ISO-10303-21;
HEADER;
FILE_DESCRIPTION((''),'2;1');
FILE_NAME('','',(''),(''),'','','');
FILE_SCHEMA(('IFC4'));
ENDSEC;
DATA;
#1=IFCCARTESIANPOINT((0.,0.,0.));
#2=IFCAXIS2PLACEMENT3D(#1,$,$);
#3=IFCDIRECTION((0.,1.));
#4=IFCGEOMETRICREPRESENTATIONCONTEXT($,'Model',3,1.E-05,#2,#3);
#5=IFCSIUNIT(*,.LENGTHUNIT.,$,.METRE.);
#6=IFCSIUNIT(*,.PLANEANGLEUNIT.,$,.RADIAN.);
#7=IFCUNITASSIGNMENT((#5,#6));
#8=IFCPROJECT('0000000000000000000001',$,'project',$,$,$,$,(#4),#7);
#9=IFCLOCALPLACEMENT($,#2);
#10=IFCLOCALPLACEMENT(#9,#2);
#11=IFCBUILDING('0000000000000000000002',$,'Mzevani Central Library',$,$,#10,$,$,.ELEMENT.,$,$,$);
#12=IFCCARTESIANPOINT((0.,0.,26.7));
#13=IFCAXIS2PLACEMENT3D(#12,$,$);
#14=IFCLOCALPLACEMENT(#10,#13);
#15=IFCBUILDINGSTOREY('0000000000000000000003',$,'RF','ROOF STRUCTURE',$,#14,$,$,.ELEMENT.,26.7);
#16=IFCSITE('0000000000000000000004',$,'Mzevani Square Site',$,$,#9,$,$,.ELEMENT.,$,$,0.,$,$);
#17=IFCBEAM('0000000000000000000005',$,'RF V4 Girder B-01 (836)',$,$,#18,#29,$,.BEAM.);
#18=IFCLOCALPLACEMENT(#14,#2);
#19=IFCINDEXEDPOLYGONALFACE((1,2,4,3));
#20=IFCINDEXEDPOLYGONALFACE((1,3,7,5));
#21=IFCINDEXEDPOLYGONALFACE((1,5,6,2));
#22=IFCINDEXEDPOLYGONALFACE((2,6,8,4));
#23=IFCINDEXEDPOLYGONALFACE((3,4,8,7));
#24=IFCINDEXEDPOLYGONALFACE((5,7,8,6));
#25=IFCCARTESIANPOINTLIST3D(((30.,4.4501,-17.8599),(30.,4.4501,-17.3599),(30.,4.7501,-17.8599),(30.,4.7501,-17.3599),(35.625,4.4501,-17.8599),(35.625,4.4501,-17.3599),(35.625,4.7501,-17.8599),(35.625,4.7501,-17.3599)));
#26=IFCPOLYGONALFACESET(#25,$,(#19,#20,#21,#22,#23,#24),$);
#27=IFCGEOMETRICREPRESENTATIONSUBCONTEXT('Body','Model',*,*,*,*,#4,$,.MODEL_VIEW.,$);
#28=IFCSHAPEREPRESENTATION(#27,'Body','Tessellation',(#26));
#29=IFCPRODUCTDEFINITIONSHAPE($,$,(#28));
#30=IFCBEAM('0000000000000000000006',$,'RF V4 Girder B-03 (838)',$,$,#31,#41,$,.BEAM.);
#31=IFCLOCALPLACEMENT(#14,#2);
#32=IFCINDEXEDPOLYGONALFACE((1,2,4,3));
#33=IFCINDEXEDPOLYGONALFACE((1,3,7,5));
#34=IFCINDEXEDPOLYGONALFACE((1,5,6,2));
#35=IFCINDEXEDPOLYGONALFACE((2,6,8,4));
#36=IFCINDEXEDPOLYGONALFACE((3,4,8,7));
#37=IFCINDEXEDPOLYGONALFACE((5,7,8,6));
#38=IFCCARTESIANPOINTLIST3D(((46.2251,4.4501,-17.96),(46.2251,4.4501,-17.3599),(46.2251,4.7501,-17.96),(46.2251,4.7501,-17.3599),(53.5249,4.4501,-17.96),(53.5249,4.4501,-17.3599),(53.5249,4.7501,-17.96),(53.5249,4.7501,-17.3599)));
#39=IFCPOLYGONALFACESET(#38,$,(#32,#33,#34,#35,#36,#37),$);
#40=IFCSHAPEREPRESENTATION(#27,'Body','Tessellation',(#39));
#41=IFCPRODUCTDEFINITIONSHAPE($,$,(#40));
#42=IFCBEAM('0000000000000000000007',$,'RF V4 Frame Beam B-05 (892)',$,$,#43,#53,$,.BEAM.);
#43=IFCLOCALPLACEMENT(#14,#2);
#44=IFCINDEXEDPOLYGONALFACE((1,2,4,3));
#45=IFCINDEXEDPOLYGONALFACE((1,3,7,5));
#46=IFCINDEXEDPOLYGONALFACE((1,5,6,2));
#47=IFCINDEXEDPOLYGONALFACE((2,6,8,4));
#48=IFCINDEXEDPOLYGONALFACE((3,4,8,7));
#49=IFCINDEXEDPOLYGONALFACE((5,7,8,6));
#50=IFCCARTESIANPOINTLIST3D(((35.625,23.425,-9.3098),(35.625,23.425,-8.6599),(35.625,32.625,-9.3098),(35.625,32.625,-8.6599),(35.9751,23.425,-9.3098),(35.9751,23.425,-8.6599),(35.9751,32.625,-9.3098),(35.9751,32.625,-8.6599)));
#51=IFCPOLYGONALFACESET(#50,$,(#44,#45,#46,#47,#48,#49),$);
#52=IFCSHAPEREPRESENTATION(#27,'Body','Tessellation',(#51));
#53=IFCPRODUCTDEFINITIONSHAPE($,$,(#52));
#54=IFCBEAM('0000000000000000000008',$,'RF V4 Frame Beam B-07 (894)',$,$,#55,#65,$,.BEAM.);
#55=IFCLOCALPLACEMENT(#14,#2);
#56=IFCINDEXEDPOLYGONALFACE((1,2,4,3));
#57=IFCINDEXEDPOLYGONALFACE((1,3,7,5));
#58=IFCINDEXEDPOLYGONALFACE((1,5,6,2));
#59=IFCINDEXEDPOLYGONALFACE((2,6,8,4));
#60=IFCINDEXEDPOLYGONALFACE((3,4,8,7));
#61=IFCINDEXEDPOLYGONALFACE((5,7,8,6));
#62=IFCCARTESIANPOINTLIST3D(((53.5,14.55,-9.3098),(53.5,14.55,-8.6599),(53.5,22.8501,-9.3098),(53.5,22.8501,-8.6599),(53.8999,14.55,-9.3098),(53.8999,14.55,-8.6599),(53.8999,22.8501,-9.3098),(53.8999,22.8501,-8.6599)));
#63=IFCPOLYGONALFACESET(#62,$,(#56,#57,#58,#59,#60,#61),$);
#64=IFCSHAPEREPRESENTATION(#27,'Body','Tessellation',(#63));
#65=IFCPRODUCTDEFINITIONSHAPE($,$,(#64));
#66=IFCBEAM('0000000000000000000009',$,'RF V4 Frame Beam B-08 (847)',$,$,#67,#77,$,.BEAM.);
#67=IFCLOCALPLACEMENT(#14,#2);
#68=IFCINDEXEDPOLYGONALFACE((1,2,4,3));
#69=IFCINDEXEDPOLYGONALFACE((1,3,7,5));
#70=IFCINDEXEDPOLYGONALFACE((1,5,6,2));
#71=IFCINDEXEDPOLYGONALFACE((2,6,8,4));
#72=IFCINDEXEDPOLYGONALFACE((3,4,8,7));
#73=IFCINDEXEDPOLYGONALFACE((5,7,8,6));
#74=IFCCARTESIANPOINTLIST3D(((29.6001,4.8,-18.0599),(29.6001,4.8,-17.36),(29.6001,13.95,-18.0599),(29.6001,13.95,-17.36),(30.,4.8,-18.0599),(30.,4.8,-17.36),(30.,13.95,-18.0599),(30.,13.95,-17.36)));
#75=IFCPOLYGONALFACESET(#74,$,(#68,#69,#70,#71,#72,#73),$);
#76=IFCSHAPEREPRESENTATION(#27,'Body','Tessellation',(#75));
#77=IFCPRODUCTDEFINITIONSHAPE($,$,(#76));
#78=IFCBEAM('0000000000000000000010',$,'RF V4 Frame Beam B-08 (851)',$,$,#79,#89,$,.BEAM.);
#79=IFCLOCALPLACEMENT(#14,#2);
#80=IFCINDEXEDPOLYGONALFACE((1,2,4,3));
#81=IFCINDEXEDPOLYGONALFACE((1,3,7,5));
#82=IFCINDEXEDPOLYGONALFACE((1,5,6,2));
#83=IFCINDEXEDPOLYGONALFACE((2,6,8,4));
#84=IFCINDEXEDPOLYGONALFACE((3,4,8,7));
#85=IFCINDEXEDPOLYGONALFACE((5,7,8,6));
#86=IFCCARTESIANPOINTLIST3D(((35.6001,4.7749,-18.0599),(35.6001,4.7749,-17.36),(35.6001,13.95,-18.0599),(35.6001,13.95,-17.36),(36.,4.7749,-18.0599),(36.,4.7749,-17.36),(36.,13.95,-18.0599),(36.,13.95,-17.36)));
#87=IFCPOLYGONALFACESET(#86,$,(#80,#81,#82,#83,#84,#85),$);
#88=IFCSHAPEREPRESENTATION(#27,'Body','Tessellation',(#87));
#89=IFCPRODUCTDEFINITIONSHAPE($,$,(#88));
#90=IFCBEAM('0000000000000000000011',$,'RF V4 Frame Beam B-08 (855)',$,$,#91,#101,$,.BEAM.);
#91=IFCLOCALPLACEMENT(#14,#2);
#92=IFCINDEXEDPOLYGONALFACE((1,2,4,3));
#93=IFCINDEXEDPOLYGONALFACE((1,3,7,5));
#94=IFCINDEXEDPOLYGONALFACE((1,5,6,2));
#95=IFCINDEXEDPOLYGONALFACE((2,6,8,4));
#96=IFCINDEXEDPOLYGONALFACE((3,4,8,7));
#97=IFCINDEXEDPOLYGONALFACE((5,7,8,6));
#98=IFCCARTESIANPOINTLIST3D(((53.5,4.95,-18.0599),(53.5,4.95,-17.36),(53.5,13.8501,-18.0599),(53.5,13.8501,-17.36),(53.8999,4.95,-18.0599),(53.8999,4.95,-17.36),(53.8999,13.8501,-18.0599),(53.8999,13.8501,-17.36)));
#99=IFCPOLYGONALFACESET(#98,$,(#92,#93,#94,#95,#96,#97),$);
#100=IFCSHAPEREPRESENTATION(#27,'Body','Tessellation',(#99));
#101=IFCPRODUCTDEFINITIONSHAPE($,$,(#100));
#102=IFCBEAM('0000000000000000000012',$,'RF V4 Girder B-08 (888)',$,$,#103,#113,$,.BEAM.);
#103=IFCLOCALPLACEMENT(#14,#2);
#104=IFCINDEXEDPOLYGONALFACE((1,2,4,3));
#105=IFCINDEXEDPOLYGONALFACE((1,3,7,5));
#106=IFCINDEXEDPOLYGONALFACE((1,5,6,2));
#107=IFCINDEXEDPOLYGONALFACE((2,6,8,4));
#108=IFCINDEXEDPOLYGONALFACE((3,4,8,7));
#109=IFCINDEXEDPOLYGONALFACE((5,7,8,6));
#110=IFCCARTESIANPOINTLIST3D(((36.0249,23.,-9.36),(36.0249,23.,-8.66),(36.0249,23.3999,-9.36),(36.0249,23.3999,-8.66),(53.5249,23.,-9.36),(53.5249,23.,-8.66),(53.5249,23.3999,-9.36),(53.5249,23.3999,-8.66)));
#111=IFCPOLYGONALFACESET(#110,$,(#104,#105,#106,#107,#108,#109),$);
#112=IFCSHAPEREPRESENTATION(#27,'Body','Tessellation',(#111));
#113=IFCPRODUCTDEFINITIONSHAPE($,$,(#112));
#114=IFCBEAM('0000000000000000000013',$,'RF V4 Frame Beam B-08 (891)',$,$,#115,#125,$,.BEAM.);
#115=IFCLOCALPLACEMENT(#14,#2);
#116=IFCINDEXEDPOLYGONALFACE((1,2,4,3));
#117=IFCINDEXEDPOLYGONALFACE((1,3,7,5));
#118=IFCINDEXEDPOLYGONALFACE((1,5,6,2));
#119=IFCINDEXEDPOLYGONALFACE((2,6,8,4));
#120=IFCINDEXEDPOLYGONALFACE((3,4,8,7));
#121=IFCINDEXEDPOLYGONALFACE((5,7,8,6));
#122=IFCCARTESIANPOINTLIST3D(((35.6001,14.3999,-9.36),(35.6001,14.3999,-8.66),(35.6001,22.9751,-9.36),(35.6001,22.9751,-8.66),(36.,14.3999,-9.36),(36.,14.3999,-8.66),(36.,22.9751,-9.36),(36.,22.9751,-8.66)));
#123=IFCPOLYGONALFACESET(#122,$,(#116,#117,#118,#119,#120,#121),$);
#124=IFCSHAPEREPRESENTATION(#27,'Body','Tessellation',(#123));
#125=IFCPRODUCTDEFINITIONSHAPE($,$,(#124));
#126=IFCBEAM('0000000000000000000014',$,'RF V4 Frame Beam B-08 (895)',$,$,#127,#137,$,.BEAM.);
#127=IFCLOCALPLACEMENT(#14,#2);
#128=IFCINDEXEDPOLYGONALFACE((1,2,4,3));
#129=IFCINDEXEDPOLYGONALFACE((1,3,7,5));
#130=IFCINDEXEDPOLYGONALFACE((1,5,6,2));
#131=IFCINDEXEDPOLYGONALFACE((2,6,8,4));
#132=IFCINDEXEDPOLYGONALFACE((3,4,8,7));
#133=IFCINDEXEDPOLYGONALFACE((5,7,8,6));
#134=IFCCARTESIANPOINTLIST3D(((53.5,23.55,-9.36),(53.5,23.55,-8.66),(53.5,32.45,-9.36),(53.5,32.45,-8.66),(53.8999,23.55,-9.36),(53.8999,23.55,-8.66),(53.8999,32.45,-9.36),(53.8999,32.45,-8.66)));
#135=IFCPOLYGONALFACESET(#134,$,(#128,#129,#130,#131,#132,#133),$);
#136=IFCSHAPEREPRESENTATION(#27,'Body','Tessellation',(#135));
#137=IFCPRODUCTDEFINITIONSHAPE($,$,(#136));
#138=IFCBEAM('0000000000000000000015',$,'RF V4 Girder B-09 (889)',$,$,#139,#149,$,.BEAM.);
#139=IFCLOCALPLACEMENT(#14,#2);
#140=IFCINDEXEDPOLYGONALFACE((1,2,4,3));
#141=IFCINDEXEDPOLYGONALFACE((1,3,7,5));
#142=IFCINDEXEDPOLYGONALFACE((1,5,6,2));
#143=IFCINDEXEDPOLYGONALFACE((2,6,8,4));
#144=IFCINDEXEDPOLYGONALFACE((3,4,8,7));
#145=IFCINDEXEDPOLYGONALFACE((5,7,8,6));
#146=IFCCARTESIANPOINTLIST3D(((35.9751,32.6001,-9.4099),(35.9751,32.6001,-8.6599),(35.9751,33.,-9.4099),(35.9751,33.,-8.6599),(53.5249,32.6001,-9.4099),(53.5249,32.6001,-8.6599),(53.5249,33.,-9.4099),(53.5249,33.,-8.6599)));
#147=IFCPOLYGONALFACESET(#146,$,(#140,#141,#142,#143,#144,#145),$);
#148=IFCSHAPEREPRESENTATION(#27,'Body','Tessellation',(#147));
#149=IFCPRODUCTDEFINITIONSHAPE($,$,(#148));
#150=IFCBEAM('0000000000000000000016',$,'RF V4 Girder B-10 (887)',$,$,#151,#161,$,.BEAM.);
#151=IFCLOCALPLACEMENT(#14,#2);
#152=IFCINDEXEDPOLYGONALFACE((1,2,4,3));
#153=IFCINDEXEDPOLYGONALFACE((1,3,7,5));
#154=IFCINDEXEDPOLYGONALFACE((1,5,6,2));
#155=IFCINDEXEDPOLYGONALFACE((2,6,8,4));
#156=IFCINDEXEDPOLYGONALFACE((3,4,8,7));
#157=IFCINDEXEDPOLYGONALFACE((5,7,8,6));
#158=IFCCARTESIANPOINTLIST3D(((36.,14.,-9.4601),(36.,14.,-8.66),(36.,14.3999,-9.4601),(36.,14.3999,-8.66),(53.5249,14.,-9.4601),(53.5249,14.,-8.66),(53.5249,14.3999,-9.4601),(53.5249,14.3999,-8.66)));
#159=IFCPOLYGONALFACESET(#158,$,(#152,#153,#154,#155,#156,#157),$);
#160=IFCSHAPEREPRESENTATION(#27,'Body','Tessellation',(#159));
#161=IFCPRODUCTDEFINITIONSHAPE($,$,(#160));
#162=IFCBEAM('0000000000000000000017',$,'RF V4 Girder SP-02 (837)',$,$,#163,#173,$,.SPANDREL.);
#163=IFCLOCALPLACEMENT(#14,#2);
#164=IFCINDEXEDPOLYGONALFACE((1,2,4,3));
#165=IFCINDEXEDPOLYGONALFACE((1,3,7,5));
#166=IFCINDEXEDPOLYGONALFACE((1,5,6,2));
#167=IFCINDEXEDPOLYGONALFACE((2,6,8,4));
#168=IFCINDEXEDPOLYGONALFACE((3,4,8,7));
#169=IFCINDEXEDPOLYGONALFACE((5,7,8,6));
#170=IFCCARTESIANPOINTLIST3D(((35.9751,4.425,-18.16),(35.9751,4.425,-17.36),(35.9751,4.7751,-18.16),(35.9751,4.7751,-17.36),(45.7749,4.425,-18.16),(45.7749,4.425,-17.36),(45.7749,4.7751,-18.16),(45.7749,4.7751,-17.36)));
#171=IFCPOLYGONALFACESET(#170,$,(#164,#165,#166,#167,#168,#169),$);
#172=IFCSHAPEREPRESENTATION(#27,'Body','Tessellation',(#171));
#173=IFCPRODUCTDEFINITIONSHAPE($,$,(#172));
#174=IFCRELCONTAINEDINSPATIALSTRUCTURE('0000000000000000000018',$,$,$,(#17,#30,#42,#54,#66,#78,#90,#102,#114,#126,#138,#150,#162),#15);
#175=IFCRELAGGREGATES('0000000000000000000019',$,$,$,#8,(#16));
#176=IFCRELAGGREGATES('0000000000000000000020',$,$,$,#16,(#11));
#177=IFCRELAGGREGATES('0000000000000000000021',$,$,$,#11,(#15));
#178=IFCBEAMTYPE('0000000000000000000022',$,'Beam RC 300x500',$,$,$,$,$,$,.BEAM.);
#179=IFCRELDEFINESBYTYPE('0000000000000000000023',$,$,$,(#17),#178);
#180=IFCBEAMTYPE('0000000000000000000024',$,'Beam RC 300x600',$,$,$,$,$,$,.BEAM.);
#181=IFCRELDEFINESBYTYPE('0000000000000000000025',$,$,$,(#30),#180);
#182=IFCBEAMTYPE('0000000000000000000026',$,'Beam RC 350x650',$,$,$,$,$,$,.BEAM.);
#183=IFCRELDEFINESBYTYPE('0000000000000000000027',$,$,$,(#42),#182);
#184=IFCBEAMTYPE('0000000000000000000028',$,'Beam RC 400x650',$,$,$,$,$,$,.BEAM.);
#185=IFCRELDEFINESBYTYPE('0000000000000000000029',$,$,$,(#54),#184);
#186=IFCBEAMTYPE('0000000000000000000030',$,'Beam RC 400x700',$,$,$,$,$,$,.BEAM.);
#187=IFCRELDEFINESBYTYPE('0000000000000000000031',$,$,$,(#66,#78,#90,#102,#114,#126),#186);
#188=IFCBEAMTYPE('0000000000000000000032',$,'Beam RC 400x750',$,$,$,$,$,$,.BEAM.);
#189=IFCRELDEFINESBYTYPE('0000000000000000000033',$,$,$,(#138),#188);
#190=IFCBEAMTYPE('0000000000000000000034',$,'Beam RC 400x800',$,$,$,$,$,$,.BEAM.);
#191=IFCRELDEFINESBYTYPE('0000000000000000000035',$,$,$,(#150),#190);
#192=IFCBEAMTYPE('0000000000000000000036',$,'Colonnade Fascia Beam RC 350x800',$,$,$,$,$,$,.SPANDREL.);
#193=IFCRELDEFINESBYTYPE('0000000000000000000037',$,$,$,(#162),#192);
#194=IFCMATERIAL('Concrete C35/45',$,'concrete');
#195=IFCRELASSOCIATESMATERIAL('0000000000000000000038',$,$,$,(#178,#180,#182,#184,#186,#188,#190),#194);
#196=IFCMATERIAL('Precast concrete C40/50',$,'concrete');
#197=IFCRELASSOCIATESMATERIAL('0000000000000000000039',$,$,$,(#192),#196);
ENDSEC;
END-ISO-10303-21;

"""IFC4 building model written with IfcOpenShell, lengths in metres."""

from ifc_helpers import new_model, si_unit, direction, frame, origin, origin_2d, place, context, subcontext, project, spatial, rectangle, extrude, material, material_profile, profile_set, type_object, element, save


model = new_model("IFC4")

# Units and contexts
model_context = context("Model", 3, precision=1e-05, world=origin(), true_north=direction((0.0, 1.0)))
body_context = subcontext(model_context, "Body", "Model", "MODEL_VIEW")
ifc_project = project(units=[si_unit("LENGTHUNIT", "METRE"), si_unit("PLANEANGLEUNIT", "RADIAN")], contexts=[model_context])

# Site, building, storey
site_placement = place(None, origin())
site = spatial("IfcSite", under=ifc_project, at=site_placement, Name="Mzevani Square Site", CompositionType="ELEMENT", RefElevation=0.0)
building_placement = place(site_placement, origin())
building = spatial("IfcBuilding", under=site, at=building_placement, Name="Mzevani Central Library", CompositionType="ELEMENT")
storey_placement = place(building_placement, frame((0.0, 0.0, 26.7)))
storey = spatial("IfcBuildingStorey", under=building, at=storey_placement, Name="RF", Description="ROOF STRUCTURE", CompositionType="ELEMENT", Elevation=26.7)

# Beams
ifc_material_1 = material(Name="Concrete C35/45", Category="concrete")
ifc_material_profile_1 = material_profile(ifc_material_1, rectangle(XDim=0.3, YDim=0.5, at=origin_2d()), Name="RC B300x500")
ifc_profile_set_1 = profile_set([ifc_material_profile_1], Name="Concrete C35/45")
beam_type_1 = type_object("IfcBeamType", Name="Beam RC 300x500", PredefinedType="BEAM", material=ifc_profile_set_1)
beam_1_placement = place(storey_placement, frame((30.0, 4.6001, -17.6099), z_axis=(1.0, 0.0, 0.0), x_axis=(0.0, 1.0, 0.0)))
element("IfcBeam", 1, at=beam_1_placement, inside=storey, type_object=beam_type_1, Name="RF V4 Girder B-01 (836)", PredefinedType="BEAM", context=body_context, shape_type="SweptSolid", body=[
    extrude(rectangle(XDim=0.3, YDim=0.5, at=origin_2d()), origin(), (0.0, 0.0, 1.0), 5.625),
])
ifc_material_profile_2 = material_profile(ifc_material_1, rectangle(XDim=0.3, YDim=0.6001, at=origin_2d()), Name="RC B300x600")
ifc_profile_set_2 = profile_set([ifc_material_profile_2], Name="Concrete C35/45")
beam_type_2 = type_object("IfcBeamType", Name="Beam RC 300x600", PredefinedType="BEAM", material=ifc_profile_set_2)
beam_2_placement = place(storey_placement, frame((46.2251, 4.6001, -17.6599), z_axis=(1.0, 0.0, 0.0), x_axis=(0.0, 1.0, 0.0)))
element("IfcBeam", 2, at=beam_2_placement, inside=storey, type_object=beam_type_2, Name="RF V4 Girder B-03 (838)", PredefinedType="BEAM", context=body_context, shape_type="SweptSolid", body=[
    extrude(rectangle(XDim=0.3, YDim=0.6001, at=origin_2d()), origin(), (0.0, 0.0, 1.0), 7.2998),
])
ifc_material_profile_3 = material_profile(ifc_material_1, rectangle(XDim=0.3501, YDim=0.6499, at=origin_2d()), Name="RC B350x650")
ifc_profile_set_3 = profile_set([ifc_material_profile_3], Name="Concrete C35/45")
beam_type_3 = type_object("IfcBeamType", Name="Beam RC 350x650", PredefinedType="BEAM", material=ifc_profile_set_3)
beam_3_placement = place(storey_placement, frame((35.8, 23.425, -8.9849), z_axis=(0.0, 1.0, 0.0), x_axis=(-1.0, 0.0, 0.0)))
element("IfcBeam", 3, at=beam_3_placement, inside=storey, type_object=beam_type_3, Name="RF V4 Frame Beam B-05 (892)", PredefinedType="BEAM", context=body_context, shape_type="SweptSolid", body=[
    extrude(rectangle(XDim=0.3501, YDim=0.6499, at=origin_2d()), origin(), (0.0, 0.0, 1.0), 9.2),
])
ifc_material_profile_4 = material_profile(ifc_material_1, rectangle(XDim=0.3999, YDim=0.6499, at=origin_2d()), Name="RC B400x650")
ifc_profile_set_4 = profile_set([ifc_material_profile_4], Name="Concrete C35/45")
beam_type_4 = type_object("IfcBeamType", Name="Beam RC 400x650", PredefinedType="BEAM", material=ifc_profile_set_4)
beam_4_placement = place(storey_placement, frame((53.7, 14.55, -8.9849), z_axis=(0.0, 1.0, 0.0), x_axis=(-1.0, 0.0, 0.0)))
element("IfcBeam", 4, at=beam_4_placement, inside=storey, type_object=beam_type_4, Name="RF V4 Frame Beam B-07 (894)", PredefinedType="BEAM", context=body_context, shape_type="SweptSolid", body=[
    extrude(rectangle(XDim=0.3999, YDim=0.6499, at=origin_2d()), origin(), (0.0, 0.0, 1.0), 8.3),
])
ifc_material_profile_5 = material_profile(ifc_material_1, rectangle(XDim=0.3999, YDim=0.7, at=origin_2d()), Name="RC B400x700")
ifc_profile_set_5 = profile_set([ifc_material_profile_5], Name="Concrete C35/45")
beam_type_5 = type_object("IfcBeamType", Name="Beam RC 400x700", PredefinedType="BEAM", material=ifc_profile_set_5)
beam_5_placement = place(storey_placement, frame((29.8, 4.8, -17.71), z_axis=(0.0, 1.0, 0.0), x_axis=(-1.0, 0.0, 0.0)))
element("IfcBeam", 5, at=beam_5_placement, inside=storey, type_object=beam_type_5, Name="RF V4 Frame Beam B-08 (847)", PredefinedType="BEAM", context=body_context, shape_type="SweptSolid", body=[
    extrude(rectangle(XDim=0.3999, YDim=0.7, at=origin_2d()), origin(), (0.0, 0.0, 1.0), 9.1499),
])
beam_6_placement = place(storey_placement, frame((35.8, 4.7749, -17.71), z_axis=(0.0, 1.0, 0.0), x_axis=(-1.0, 0.0, 0.0)))
element("IfcBeam", 6, at=beam_6_placement, inside=storey, type_object=beam_type_5, Name="RF V4 Frame Beam B-08 (851)", PredefinedType="BEAM", context=body_context, shape_type="SweptSolid", body=[
    extrude(rectangle(XDim=0.3999, YDim=0.7, at=origin_2d()), origin(), (0.0, 0.0, 1.0), 9.175),
])
beam_7_placement = place(storey_placement, frame((53.7, 4.95, -17.71), z_axis=(0.0, 1.0, 0.0), x_axis=(-1.0, 0.0, 0.0)))
element("IfcBeam", 7, at=beam_7_placement, inside=storey, type_object=beam_type_5, Name="RF V4 Frame Beam B-08 (855)", PredefinedType="BEAM", context=body_context, shape_type="SweptSolid", body=[
    extrude(rectangle(XDim=0.3999, YDim=0.7, at=origin_2d()), origin(), (0.0, 0.0, 1.0), 8.9001),
])
beam_8_placement = place(storey_placement, frame((36.0249, 23.2, -9.01), z_axis=(1.0, 0.0, 0.0), x_axis=(0.0, 1.0, 0.0)))
element("IfcBeam", 8, at=beam_8_placement, inside=storey, type_object=beam_type_5, Name="RF V4 Girder B-08 (888)", PredefinedType="BEAM", context=body_context, shape_type="SweptSolid", body=[
    extrude(rectangle(XDim=0.3999, YDim=0.7, at=origin_2d()), origin(), (0.0, 0.0, 1.0), 17.5),
])
beam_9_placement = place(storey_placement, frame((35.8, 14.3999, -9.01), z_axis=(0.0, 1.0, 0.0), x_axis=(-1.0, 0.0, 0.0)))
element("IfcBeam", 9, at=beam_9_placement, inside=storey, type_object=beam_type_5, Name="RF V4 Frame Beam B-08 (891)", PredefinedType="BEAM", context=body_context, shape_type="SweptSolid", body=[
    extrude(rectangle(XDim=0.3999, YDim=0.7, at=origin_2d()), origin(), (0.0, 0.0, 1.0), 8.5752),
])
beam_10_placement = place(storey_placement, frame((53.7, 23.55, -9.01), z_axis=(0.0, 1.0, 0.0), x_axis=(-1.0, 0.0, 0.0)))
element("IfcBeam", 10, at=beam_10_placement, inside=storey, type_object=beam_type_5, Name="RF V4 Frame Beam B-08 (895)", PredefinedType="BEAM", context=body_context, shape_type="SweptSolid", body=[
    extrude(rectangle(XDim=0.3999, YDim=0.7, at=origin_2d()), origin(), (0.0, 0.0, 1.0), 8.8999),
])
ifc_material_profile_6 = material_profile(ifc_material_1, rectangle(XDim=0.3999, YDim=0.75, at=origin_2d()), Name="RC B400x750")
ifc_profile_set_6 = profile_set([ifc_material_profile_6], Name="Concrete C35/45")
beam_type_6 = type_object("IfcBeamType", Name="Beam RC 400x750", PredefinedType="BEAM", material=ifc_profile_set_6)
beam_11_placement = place(storey_placement, frame((35.9751, 32.8, -9.0349), z_axis=(1.0, 0.0, 0.0), x_axis=(0.0, 1.0, 0.0)))
element("IfcBeam", 11, at=beam_11_placement, inside=storey, type_object=beam_type_6, Name="RF V4 Girder B-09 (889)", PredefinedType="BEAM", context=body_context, shape_type="SweptSolid", body=[
    extrude(rectangle(XDim=0.3999, YDim=0.75, at=origin_2d()), origin(), (0.0, 0.0, 1.0), 17.5498),
])
ifc_material_profile_7 = material_profile(ifc_material_1, rectangle(XDim=0.3999, YDim=0.8, at=origin_2d()), Name="RC B400x800")
ifc_profile_set_7 = profile_set([ifc_material_profile_7], Name="Concrete C35/45")
beam_type_7 = type_object("IfcBeamType", Name="Beam RC 400x800", PredefinedType="BEAM", material=ifc_profile_set_7)
beam_12_placement = place(storey_placement, frame((36.0, 14.2, -9.0601), z_axis=(1.0, 0.0, 0.0), x_axis=(0.0, 1.0, 0.0)))
element("IfcBeam", 12, at=beam_12_placement, inside=storey, type_object=beam_type_7, Name="RF V4 Girder B-10 (887)", PredefinedType="BEAM", context=body_context, shape_type="SweptSolid", body=[
    extrude(rectangle(XDim=0.3999, YDim=0.8, at=origin_2d()), origin(), (0.0, 0.0, 1.0), 17.5249),
])
ifc_material_2 = material(Name="Precast concrete C40/50", Category="concrete")
ifc_material_profile_8 = material_profile(ifc_material_2, rectangle(XDim=0.3501, YDim=0.8, at=origin_2d()), Name="RC SP350x800")
ifc_profile_set_8 = profile_set([ifc_material_profile_8], Name="Precast concrete C40/50")
beam_type_8 = type_object("IfcBeamType", Name="Colonnade Fascia Beam RC 350x800", PredefinedType="SPANDREL", material=ifc_profile_set_8)
beam_13_placement = place(storey_placement, frame((35.9751, 4.6001, -17.76), z_axis=(1.0, 0.0, 0.0), x_axis=(0.0, 1.0, 0.0)))
element("IfcBeam", 13, at=beam_13_placement, inside=storey, type_object=beam_type_8, Name="RF V4 Girder SP-02 (837)", PredefinedType="SPANDREL", context=body_context, shape_type="SweptSolid", body=[
    extrude(rectangle(XDim=0.3501, YDim=0.8, at=origin_2d()), origin(), (0.0, 0.0, 1.0), 9.7998),
])

save(model, "model.ifc")
